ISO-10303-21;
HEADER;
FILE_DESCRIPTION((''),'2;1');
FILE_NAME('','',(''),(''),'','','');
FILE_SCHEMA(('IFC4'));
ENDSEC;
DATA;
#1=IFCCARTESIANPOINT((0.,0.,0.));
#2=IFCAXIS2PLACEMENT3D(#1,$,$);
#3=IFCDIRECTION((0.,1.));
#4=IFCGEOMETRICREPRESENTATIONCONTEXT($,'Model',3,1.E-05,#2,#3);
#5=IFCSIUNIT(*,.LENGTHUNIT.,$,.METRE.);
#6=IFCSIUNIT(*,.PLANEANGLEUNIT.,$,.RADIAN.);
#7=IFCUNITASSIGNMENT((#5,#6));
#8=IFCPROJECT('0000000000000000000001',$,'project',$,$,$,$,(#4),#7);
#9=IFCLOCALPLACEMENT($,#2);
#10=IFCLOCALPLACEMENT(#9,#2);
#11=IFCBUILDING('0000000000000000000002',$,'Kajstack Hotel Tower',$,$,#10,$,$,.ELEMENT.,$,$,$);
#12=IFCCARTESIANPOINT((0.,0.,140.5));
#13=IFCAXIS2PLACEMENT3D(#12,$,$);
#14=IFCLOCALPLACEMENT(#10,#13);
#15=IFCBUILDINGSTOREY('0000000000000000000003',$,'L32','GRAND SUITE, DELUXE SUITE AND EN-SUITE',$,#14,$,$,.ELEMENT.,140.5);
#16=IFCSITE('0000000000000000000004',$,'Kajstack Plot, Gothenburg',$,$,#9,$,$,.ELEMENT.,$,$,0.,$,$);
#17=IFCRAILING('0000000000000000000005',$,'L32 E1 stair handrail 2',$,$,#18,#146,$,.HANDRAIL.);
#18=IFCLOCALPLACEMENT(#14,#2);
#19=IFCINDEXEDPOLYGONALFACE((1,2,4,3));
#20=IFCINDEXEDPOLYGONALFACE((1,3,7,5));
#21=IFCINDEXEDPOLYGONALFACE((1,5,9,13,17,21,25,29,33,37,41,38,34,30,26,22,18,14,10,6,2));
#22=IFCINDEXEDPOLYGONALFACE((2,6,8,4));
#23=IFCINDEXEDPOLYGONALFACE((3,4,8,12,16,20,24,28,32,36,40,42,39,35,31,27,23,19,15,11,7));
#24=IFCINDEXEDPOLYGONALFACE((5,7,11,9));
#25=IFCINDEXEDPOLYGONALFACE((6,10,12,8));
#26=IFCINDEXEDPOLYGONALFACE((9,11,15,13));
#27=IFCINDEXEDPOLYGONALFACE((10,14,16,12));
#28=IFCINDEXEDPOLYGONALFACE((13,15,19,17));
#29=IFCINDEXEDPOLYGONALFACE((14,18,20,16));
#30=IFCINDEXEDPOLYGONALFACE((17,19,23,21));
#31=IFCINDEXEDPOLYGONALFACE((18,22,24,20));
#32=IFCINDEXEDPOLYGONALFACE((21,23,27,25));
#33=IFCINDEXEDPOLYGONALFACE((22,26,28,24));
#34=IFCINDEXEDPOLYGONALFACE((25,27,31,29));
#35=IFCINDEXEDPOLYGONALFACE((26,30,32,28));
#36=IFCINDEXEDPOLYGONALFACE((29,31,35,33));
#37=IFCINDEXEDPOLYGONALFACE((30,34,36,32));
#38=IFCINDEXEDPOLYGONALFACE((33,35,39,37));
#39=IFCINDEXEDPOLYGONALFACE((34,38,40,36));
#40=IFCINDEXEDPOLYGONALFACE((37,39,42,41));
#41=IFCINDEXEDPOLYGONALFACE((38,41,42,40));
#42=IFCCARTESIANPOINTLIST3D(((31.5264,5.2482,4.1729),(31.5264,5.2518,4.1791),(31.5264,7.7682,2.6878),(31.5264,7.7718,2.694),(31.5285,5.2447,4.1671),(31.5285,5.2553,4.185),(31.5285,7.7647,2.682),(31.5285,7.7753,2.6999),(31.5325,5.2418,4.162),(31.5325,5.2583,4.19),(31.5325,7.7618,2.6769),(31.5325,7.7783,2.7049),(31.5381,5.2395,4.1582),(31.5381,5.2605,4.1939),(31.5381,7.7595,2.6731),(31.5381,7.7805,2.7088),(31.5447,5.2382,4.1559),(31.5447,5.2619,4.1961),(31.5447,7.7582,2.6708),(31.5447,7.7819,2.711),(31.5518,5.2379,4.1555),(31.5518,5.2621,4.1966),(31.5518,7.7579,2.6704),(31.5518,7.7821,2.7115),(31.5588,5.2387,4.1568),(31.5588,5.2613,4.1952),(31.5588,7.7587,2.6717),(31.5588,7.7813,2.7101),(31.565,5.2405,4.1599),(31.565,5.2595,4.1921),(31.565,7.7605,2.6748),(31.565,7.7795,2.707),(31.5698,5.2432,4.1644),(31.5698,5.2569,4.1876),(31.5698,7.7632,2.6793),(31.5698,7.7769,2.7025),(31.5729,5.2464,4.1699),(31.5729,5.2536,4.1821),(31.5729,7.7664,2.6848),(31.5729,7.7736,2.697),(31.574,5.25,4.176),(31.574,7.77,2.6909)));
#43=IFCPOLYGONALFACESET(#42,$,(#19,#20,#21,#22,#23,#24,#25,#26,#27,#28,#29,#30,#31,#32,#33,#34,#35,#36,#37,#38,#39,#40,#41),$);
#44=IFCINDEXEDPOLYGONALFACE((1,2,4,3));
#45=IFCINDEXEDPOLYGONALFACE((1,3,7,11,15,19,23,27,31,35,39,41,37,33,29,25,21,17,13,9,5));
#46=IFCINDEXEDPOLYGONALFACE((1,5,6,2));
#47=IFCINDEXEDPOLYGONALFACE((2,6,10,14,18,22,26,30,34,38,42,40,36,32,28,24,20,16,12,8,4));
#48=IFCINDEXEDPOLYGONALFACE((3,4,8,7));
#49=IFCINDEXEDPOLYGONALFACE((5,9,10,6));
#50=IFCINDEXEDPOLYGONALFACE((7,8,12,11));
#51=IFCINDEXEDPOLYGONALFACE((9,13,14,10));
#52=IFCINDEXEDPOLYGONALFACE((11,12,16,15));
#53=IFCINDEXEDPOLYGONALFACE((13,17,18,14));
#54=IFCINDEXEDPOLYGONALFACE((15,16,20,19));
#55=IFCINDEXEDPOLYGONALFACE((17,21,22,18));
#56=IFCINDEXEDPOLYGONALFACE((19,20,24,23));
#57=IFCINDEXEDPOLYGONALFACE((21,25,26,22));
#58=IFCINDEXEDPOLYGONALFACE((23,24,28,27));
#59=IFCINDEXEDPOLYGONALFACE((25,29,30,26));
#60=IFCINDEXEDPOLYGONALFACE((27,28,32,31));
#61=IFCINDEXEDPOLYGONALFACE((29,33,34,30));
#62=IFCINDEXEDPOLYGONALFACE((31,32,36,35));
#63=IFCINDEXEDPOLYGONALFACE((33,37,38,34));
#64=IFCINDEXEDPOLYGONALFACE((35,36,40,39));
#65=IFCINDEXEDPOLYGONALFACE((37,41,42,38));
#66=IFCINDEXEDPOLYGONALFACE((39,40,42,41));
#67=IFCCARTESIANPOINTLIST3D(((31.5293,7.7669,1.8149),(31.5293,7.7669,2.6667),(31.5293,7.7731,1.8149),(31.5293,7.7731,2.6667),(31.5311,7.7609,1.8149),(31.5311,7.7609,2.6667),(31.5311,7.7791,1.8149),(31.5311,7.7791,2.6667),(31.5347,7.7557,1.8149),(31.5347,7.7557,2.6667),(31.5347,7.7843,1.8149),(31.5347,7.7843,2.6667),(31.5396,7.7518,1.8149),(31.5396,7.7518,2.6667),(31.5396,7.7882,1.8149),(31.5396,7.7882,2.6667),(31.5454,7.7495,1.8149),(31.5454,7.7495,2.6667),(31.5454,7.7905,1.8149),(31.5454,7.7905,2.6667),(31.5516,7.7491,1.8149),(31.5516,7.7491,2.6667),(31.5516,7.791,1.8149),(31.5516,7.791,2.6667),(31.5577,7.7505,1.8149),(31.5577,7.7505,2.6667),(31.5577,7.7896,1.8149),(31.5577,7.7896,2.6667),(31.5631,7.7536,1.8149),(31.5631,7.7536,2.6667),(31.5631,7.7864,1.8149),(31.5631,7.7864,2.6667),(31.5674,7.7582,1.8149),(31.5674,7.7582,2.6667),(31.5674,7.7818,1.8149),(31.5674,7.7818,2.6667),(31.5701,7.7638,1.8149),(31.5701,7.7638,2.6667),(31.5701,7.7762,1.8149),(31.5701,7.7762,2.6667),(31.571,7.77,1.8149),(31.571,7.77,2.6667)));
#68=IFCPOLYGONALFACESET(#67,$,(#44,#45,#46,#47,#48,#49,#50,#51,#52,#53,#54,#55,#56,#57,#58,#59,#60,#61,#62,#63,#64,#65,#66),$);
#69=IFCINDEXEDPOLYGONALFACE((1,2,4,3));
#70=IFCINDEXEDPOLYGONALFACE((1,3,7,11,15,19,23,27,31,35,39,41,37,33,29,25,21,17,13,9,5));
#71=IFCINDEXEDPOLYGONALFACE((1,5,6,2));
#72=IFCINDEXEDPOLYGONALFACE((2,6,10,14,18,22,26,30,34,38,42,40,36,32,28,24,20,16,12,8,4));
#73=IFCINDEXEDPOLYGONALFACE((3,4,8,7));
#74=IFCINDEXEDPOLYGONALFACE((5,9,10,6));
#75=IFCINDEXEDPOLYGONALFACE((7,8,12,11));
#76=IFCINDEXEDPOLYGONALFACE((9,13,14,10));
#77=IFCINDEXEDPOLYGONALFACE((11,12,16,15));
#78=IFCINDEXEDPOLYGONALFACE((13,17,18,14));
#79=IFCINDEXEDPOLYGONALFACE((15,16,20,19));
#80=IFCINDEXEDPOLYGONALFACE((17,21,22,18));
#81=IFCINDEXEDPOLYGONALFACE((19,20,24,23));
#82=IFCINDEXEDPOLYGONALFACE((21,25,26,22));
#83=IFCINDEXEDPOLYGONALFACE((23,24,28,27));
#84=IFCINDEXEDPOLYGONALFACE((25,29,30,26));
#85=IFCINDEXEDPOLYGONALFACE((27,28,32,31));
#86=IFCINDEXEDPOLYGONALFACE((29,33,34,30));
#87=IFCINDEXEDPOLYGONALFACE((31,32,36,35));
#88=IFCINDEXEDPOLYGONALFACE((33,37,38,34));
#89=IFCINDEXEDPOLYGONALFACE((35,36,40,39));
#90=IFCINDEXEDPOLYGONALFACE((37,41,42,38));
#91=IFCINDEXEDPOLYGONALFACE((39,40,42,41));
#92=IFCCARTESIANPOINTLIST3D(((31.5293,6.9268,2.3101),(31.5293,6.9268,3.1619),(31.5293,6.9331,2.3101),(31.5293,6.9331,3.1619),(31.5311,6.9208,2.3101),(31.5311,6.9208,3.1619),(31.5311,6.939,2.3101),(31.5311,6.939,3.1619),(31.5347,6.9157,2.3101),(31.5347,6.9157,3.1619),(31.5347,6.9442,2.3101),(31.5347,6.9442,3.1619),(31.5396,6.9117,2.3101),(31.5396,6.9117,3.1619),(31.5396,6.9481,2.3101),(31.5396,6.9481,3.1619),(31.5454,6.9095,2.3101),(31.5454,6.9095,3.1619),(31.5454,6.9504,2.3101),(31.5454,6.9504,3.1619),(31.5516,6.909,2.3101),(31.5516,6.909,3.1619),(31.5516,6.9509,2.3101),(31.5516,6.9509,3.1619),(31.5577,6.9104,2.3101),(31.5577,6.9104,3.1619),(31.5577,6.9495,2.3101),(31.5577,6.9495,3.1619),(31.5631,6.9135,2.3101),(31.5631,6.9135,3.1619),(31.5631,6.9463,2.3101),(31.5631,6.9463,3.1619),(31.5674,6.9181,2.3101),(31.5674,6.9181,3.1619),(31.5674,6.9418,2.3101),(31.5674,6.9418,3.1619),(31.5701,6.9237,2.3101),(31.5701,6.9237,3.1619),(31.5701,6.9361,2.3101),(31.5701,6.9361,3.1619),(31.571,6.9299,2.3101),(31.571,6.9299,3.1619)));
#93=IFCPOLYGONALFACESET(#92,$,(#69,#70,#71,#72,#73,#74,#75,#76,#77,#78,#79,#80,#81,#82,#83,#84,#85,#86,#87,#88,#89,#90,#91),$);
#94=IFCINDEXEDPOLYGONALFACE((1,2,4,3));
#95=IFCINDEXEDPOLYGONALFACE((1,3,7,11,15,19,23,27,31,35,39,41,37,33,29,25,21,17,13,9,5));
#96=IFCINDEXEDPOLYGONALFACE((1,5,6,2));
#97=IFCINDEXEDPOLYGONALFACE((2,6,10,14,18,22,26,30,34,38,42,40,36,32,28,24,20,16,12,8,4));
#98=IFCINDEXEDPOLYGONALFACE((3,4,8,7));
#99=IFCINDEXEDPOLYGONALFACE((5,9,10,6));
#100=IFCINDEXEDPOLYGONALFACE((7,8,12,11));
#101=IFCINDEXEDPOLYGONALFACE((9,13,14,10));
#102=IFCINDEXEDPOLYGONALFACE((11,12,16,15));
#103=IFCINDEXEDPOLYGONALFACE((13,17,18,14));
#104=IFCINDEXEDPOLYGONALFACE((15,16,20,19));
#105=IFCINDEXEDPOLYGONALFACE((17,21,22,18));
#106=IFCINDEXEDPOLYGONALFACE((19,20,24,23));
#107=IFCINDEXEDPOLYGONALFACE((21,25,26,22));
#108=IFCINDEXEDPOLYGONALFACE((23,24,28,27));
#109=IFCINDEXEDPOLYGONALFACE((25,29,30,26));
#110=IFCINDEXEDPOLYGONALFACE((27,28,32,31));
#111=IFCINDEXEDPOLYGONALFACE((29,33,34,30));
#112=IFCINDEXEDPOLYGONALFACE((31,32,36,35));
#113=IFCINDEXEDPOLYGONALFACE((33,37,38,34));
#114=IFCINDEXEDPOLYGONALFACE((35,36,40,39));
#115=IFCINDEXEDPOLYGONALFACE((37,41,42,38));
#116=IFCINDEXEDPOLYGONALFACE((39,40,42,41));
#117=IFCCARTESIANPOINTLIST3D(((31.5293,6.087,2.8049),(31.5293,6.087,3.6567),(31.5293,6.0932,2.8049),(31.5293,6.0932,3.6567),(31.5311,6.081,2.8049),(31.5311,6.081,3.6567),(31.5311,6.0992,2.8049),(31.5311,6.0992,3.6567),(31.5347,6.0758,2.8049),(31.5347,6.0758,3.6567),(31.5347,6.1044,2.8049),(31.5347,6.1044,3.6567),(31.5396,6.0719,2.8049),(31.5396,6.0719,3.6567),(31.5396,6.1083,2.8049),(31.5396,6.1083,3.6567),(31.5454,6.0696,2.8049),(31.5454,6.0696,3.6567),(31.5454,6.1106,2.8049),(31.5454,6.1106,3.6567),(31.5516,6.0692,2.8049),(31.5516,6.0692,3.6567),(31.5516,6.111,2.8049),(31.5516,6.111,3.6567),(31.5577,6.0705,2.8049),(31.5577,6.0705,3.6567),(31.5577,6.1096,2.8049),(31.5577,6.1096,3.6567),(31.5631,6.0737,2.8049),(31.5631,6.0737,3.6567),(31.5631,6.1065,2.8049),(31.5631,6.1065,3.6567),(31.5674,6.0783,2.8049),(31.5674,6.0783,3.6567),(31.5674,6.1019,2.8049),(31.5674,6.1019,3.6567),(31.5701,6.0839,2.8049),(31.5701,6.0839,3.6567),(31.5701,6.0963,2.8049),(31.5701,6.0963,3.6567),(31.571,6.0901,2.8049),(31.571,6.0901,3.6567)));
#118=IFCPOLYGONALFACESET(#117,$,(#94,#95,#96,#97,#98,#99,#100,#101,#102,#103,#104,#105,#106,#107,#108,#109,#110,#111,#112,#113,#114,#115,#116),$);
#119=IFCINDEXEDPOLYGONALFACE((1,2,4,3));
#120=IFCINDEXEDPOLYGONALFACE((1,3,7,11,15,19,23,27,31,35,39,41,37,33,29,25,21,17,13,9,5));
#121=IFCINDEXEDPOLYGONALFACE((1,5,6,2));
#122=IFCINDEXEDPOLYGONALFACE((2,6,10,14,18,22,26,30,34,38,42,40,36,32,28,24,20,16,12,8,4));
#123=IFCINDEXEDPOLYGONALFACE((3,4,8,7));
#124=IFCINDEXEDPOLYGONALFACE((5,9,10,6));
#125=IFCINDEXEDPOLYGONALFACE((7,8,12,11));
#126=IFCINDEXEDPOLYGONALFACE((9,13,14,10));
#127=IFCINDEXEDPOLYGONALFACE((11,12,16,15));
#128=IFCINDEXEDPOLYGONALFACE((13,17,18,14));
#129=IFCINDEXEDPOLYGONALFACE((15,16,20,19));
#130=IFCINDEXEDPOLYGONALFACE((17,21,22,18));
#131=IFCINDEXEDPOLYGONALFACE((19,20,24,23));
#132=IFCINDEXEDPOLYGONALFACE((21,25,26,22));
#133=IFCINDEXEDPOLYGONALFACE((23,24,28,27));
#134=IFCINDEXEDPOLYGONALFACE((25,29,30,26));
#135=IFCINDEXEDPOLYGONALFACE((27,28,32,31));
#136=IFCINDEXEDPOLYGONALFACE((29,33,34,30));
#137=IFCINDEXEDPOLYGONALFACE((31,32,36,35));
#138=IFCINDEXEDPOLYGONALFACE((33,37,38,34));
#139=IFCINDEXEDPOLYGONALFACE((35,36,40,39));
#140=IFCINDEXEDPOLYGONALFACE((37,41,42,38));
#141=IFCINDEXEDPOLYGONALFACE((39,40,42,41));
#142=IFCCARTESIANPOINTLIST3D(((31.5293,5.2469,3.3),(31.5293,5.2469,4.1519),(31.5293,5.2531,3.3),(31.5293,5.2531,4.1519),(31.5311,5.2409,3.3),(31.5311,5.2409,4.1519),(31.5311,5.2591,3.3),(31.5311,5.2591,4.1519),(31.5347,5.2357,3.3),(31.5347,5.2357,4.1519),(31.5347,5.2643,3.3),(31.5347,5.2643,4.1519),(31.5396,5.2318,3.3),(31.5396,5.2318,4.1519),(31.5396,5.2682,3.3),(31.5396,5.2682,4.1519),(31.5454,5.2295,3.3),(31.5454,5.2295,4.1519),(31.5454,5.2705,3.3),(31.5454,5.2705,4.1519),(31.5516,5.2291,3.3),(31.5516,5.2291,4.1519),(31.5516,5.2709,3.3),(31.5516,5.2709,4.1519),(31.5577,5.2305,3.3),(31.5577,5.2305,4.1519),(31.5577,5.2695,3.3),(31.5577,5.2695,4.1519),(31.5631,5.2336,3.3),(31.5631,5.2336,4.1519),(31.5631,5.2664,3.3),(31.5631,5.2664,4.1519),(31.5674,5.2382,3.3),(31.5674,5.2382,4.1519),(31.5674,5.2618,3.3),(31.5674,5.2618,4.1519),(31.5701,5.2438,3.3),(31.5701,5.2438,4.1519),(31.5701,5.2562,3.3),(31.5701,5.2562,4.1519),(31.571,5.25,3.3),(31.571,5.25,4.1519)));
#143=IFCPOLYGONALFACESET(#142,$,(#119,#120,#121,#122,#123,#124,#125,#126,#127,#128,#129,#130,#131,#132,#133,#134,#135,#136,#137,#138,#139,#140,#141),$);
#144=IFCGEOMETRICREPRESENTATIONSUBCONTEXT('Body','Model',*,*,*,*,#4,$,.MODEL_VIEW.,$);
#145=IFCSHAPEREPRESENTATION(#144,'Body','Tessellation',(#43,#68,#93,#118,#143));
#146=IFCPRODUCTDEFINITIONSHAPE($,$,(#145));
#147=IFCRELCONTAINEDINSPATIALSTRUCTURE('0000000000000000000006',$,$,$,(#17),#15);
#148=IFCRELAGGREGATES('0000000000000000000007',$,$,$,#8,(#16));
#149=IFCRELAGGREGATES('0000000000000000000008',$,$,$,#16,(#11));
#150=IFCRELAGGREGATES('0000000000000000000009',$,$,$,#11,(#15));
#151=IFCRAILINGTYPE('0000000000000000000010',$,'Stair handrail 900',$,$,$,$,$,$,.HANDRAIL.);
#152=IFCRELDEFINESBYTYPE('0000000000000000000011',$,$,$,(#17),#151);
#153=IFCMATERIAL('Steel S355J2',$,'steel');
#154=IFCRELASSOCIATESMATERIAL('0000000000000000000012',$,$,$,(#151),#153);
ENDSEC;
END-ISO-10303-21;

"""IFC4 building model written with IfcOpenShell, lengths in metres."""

from ifc_helpers import new_model, si_unit, direction, frame, origin, origin_2d, place, context, subcontext, project, spatial, circle, extrude, material, type_object, element, save


model = new_model("IFC4")

# Units and contexts
model_context = context("Model", 3, precision=1e-05, world=origin(), true_north=direction((0.0, 1.0)))
body_context = subcontext(model_context, "Body", "Model", "MODEL_VIEW")
ifc_project = project(units=[si_unit("LENGTHUNIT", "METRE"), si_unit("PLANEANGLEUNIT", "RADIAN")], contexts=[model_context])

# Site, building, storey
site_placement = place(None, origin())
site = spatial("IfcSite", under=ifc_project, at=site_placement, Name="Kajstack Plot, Gothenburg", CompositionType="ELEMENT", RefElevation=0.0)
building_placement = place(site_placement, origin())
building = spatial("IfcBuilding", under=site, at=building_placement, Name="Kajstack Hotel Tower", CompositionType="ELEMENT")
storey_placement = place(building_placement, frame((0.0, 0.0, 140.5)))
storey = spatial("IfcBuildingStorey", under=building, at=storey_placement, Name="L32", Description="GRAND SUITE, DELUXE SUITE AND EN-SUITE", CompositionType="ELEMENT", Elevation=140.5)

# Railing
ifc_material_1 = material(Name="Steel S355J2", Category="steel")
railing_type_1 = type_object("IfcRailingType", Name="Stair handrail 900", PredefinedType="HANDRAIL", material=ifc_material_1)
railing_1_placement = place(storey_placement, frame((31.55, 7.77, 1.8149)))
element("IfcRailing", 1, at=railing_1_placement, inside=storey, type_object=railing_type_1, Name="L32 E1 stair handrail 2", PredefinedType="HANDRAIL", context=body_context, shape_type="SweptSolid", body=[
    extrude(circle(Radius=0.0239, at=origin_2d()), frame((0.0, 0.0, 0.876), z_axis=(0.0, -0.861524, 0.507717), x_axis=(1.0, 0.0, 0.0)), (0.0, 0.0, 1.0), 2.925),
    extrude(circle(Radius=0.021, at=origin_2d()), origin(), (0.0, 0.0, 1.0), 0.8518),
    extrude(circle(Radius=0.021, at=origin_2d()), frame((0.0, -0.8401, 0.4951)), (0.0, 0.0, 1.0), 0.8518),
    extrude(circle(Radius=0.021, at=origin_2d()), frame((0.0, -1.6799, 0.99)), (0.0, 0.0, 1.0), 0.8518),
    extrude(circle(Radius=0.021, at=origin_2d()), frame((0.0, -2.52, 1.4851)), (0.0, 0.0, 1.0), 0.8518),
])

save(model, "model.ifc")
